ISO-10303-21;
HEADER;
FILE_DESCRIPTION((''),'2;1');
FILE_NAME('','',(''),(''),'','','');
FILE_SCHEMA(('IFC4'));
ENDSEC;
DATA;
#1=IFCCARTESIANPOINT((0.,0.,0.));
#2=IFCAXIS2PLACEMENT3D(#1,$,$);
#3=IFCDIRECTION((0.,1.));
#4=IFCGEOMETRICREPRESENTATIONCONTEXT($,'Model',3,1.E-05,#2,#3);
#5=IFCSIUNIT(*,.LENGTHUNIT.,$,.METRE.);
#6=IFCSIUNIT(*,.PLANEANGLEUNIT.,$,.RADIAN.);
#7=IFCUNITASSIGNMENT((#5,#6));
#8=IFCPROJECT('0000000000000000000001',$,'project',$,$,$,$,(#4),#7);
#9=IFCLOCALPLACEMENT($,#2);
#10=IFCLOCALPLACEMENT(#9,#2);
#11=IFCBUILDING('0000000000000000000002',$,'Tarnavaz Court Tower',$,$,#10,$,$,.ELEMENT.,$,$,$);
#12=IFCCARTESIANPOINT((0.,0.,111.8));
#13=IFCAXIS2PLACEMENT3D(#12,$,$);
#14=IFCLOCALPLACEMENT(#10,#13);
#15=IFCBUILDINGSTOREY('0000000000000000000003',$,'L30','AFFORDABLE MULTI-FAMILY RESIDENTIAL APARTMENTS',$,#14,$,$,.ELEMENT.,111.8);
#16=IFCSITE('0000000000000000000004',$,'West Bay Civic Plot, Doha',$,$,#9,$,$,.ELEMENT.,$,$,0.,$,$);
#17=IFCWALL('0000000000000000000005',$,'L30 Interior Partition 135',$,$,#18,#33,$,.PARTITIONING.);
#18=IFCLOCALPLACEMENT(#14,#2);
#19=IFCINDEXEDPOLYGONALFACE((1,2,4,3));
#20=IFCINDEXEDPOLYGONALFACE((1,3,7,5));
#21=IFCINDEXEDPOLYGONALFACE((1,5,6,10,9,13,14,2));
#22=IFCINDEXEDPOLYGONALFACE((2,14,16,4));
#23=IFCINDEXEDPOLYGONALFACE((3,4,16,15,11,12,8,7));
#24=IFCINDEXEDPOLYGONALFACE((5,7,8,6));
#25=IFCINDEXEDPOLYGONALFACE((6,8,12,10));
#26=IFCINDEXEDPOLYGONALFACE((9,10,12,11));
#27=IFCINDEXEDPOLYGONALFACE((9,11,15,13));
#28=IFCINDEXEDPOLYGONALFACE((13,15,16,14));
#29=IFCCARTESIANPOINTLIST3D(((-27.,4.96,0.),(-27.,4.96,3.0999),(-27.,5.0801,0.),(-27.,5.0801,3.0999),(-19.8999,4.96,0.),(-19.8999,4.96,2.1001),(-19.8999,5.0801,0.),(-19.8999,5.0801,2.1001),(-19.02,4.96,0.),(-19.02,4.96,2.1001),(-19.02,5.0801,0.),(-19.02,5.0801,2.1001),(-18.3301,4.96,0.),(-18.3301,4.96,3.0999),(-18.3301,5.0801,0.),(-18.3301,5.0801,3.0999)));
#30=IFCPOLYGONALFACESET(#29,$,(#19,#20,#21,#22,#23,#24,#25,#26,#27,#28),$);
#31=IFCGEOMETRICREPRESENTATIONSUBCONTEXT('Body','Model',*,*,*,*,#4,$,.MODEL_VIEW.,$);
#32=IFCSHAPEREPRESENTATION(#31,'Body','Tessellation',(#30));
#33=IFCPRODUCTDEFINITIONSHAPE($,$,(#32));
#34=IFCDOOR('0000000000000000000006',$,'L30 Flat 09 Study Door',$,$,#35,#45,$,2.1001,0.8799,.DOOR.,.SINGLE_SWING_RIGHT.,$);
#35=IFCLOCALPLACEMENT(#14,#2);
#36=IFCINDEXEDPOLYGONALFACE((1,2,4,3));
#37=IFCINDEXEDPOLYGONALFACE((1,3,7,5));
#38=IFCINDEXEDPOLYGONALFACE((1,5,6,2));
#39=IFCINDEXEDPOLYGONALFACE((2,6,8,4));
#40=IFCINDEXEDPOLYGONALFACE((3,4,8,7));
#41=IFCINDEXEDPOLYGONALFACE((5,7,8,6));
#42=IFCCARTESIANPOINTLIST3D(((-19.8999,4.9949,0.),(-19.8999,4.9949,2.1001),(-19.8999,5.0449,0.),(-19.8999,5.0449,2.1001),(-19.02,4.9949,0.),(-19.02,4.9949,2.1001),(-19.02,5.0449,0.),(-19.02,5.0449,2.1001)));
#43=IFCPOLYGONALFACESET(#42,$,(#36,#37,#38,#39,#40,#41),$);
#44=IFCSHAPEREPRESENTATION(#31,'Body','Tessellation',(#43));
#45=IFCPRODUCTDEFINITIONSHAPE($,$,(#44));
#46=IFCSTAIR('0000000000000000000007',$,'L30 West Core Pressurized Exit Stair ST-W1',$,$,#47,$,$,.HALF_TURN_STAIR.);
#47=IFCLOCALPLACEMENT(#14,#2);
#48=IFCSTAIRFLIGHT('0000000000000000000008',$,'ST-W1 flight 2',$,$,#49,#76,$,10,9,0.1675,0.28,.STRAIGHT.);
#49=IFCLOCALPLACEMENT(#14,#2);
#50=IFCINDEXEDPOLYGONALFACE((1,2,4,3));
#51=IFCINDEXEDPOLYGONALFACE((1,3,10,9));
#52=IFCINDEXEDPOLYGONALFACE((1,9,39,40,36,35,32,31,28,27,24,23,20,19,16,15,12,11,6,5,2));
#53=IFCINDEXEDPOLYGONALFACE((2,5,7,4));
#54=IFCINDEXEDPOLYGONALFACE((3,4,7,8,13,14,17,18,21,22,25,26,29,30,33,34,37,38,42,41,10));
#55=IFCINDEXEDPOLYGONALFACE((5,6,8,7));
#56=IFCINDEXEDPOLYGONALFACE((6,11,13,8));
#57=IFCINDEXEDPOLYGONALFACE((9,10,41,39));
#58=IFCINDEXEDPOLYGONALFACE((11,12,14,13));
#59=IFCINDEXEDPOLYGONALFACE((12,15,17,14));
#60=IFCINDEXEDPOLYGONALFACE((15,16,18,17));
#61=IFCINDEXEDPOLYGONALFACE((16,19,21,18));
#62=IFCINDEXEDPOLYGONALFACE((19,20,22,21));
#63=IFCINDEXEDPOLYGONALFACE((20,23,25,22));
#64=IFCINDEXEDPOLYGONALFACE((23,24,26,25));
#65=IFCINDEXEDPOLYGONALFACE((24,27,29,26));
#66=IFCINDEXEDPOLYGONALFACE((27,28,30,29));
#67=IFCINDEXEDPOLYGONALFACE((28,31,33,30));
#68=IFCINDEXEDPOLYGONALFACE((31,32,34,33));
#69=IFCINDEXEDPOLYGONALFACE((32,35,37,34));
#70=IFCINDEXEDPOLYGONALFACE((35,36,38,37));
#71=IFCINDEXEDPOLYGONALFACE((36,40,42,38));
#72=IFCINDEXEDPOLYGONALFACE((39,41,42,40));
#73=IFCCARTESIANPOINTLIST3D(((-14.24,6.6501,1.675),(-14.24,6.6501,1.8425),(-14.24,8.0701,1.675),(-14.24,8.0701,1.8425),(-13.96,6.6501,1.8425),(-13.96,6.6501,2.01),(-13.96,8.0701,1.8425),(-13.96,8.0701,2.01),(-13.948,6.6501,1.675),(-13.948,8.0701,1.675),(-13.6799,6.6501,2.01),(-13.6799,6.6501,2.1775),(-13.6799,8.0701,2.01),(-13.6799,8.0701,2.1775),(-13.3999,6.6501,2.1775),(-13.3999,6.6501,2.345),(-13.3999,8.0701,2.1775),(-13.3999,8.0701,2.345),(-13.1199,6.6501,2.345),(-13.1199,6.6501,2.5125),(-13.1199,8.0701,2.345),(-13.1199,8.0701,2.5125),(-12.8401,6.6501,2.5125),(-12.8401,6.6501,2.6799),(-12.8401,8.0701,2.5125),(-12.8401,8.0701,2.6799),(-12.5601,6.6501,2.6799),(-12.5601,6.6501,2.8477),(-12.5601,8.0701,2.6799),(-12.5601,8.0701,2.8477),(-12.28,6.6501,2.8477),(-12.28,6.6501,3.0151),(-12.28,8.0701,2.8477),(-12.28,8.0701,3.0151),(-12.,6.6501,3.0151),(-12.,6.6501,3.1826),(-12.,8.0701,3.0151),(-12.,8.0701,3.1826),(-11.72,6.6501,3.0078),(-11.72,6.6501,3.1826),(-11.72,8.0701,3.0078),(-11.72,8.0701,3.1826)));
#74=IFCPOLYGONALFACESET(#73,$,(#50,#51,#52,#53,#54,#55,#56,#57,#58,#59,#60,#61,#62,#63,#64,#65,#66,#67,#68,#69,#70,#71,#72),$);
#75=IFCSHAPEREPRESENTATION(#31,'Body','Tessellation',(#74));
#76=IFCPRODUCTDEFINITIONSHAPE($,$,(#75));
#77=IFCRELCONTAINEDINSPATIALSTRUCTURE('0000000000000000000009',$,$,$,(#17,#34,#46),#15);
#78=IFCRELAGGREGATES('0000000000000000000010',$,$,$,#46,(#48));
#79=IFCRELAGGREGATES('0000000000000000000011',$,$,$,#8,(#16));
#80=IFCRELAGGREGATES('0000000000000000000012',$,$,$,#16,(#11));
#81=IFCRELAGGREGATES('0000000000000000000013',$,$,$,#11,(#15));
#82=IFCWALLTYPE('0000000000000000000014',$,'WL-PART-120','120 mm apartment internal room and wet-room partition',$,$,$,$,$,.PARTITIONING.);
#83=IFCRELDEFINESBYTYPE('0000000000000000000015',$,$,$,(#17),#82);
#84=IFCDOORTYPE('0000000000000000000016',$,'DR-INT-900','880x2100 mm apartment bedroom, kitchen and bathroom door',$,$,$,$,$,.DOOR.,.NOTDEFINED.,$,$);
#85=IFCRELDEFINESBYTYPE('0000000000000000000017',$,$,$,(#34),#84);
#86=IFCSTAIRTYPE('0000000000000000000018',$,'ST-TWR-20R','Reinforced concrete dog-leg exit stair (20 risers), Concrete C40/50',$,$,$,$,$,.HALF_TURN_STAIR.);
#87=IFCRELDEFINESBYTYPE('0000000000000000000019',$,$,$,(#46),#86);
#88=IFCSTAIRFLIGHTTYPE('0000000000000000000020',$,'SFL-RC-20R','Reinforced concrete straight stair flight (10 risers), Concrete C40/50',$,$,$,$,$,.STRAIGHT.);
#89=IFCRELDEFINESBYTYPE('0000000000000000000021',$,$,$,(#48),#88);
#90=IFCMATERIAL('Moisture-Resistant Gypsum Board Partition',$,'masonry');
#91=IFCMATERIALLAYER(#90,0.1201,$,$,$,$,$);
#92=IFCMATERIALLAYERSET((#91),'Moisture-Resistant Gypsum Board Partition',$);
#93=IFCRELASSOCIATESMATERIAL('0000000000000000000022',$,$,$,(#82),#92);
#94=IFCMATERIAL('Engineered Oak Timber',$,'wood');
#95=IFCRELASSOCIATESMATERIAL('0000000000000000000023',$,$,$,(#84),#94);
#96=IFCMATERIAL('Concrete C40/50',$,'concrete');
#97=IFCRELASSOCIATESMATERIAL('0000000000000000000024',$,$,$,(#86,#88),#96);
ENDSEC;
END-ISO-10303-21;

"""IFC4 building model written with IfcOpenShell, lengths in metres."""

from ifc_helpers import new_model, si_unit, direction, frame, frame_2d, origin, place, context, subcontext, project, spatial, polyline, rectangle, outline, extrude, material, layer, layer_set, type_object, element, fill, aggregate, save


model = new_model("IFC4")

# Units and contexts
model_context = context("Model", 3, precision=1e-05, world=origin(), true_north=direction((0.0, 1.0)))
body_context = subcontext(model_context, "Body", "Model", "MODEL_VIEW")
ifc_project = project(units=[si_unit("LENGTHUNIT", "METRE"), si_unit("PLANEANGLEUNIT", "RADIAN")], contexts=[model_context])

# Site, building, storey
site_placement = place(None, origin())
site = spatial("IfcSite", under=ifc_project, at=site_placement, Name="West Bay Civic Plot, Doha", CompositionType="ELEMENT", RefElevation=0.0)
building_placement = place(site_placement, origin())
building = spatial("IfcBuilding", under=site, at=building_placement, Name="Tarnavaz Court Tower", CompositionType="ELEMENT")
storey_placement = place(building_placement, frame((0.0, 0.0, 111.8)))
storey = spatial("IfcBuildingStorey", under=building, at=storey_placement, Name="L30", Description="AFFORDABLE MULTI-FAMILY RESIDENTIAL APARTMENTS", CompositionType="ELEMENT", Elevation=111.8)

# Wall, opening, door
ifc_material_1 = material(Name="Moisture-Resistant Gypsum Board Partition", Category="masonry")
ifc_layer_1 = layer(ifc_material_1, 0.1201)
ifc_layer_set_1 = layer_set([ifc_layer_1], Name="Moisture-Resistant Gypsum Board Partition")
wall_type_1 = type_object("IfcWallType", Name="WL-PART-120", Description="120 mm apartment internal room and wet-room partition", PredefinedType="PARTITIONING", material=ifc_layer_set_1)
ifc_material_2 = material(Name="Engineered Oak Timber", Category="wood")
wall_1_placement = place(storey_placement, frame((-27.0, 5.02, 0.0), z_axis=(0.0, 0.0, 1.0), x_axis=(1.0, 0.0, 0.0)))
wall_1 = element("IfcWall", 1, at=wall_1_placement, inside=storey, type_object=wall_type_1, Name="L30 Interior Partition 135", PredefinedType="PARTITIONING", context=body_context, shape_type="SweptSolid", body=[
    extrude(rectangle(XDim=8.6699, YDim=0.1201, at=frame_2d((4.335, 0.0))), origin(), (0.0, 0.0, 1.0), 3.0999),
])
opening_1_placement = place(wall_1_placement, frame((7.1001, 0.0, 0.0)))
opening_1 = element("IfcOpeningElement", 2, at=opening_1_placement, cuts=wall_1, PredefinedType="OPENING", context=body_context, shape_type="SweptSolid", body=[
    extrude(rectangle(XDim=0.8799, YDim=2.1001, at=frame_2d((0.4399, 1.05))), frame((0.0, 0.0701, 0.0), z_axis=(0.0, -1.0, 0.0), x_axis=(1.0, 0.0, 0.0)), (0.0, 0.0, 1.0), 0.1401),
])
door_type_1 = type_object("IfcDoorType", Name="DR-INT-900", Description="880x2100 mm apartment bedroom, kitchen and bathroom door", OperationType="NOTDEFINED", PredefinedType="DOOR", material=ifc_material_2)
door_1_placement = place(opening_1_placement, origin())
door_1 = element("IfcDoor", 3, at=door_1_placement, inside=storey, type_object=door_type_1, Name="L30 Flat 09 Study Door", OperationType="SINGLE_SWING_RIGHT", OverallHeight=2.1001, OverallWidth=0.8799, PredefinedType="DOOR", context=body_context, shape_type="SweptSolid", body=[
    extrude(rectangle(XDim=0.8799, YDim=2.1001, at=frame_2d((0.4399, 1.05))), frame((0.0, 0.0249, 0.0), z_axis=(0.0, -1.0, 0.0), x_axis=(1.0, 0.0, 0.0)), (0.0, 0.0, 1.0), 0.05),
])
fill(opening_1, door_1)

# Stair, stair flight
ifc_material_3 = material(Name="Concrete C40/50", Category="concrete")
stair_type = type_object("IfcStairType", Name="ST-TWR-20R", Description="Reinforced concrete dog-leg exit stair (20 risers), Concrete C40/50", PredefinedType="HALF_TURN_STAIR", material=ifc_material_3)
stair_placement = place(storey_placement, origin())
stair = element("IfcStair", 4, at=stair_placement, inside=storey, type_object=stair_type, Name="L30 West Core Pressurized Exit Stair ST-W1", PredefinedType="HALF_TURN_STAIR")
stair_flight_type = type_object("IfcStairFlightType", Name="SFL-RC-20R", Description="Reinforced concrete straight stair flight (10 risers), Concrete C40/50", PredefinedType="STRAIGHT", material=ifc_material_3)
stair_flight_placement = place(storey_placement, frame((-14.24, 7.3601, 1.675), z_axis=(0.0, 0.0, 1.0), x_axis=(1.0, 0.0, 0.0)))
stair_flight = element("IfcStairFlight", 5, at=stair_flight_placement, type_object=stair_flight_type, Name="ST-W1 flight 2", NumberOfRisers=10, NumberOfTreads=9, PredefinedType="STRAIGHT", RiserHeight=0.1675, TreadLength=0.28, context=body_context, shape_type="SweptSolid", body=[
    extrude(outline(polyline([(0.0, 0.0), (0.0, 0.1675), (0.28, 0.1675), (0.28, 0.335), (0.5601, 0.335), (0.5601, 0.5024), (0.8401, 0.5024), (0.8401, 0.6699), (1.1201, 0.6699), (1.1201, 0.8374), (1.3999, 0.8374), (1.3999, 1.0049), (1.6799, 1.0049), (1.6799, 1.1726), (1.96, 1.1726), (1.96, 1.3401), (2.24, 1.3401), (2.24, 1.5076), (2.52, 1.5076), (2.52, 1.675), (2.52, 1.3328), (0.292, 0.0), (0.0, 0.0)])), frame((0.0, 0.71, 0.0), z_axis=(0.0, -1.0, 0.0), x_axis=(1.0, 0.0, 0.0)), (0.0, 0.0, 1.0), 1.4199),
])
aggregate(stair, [stair_flight])

save(model, "model.ifc")
